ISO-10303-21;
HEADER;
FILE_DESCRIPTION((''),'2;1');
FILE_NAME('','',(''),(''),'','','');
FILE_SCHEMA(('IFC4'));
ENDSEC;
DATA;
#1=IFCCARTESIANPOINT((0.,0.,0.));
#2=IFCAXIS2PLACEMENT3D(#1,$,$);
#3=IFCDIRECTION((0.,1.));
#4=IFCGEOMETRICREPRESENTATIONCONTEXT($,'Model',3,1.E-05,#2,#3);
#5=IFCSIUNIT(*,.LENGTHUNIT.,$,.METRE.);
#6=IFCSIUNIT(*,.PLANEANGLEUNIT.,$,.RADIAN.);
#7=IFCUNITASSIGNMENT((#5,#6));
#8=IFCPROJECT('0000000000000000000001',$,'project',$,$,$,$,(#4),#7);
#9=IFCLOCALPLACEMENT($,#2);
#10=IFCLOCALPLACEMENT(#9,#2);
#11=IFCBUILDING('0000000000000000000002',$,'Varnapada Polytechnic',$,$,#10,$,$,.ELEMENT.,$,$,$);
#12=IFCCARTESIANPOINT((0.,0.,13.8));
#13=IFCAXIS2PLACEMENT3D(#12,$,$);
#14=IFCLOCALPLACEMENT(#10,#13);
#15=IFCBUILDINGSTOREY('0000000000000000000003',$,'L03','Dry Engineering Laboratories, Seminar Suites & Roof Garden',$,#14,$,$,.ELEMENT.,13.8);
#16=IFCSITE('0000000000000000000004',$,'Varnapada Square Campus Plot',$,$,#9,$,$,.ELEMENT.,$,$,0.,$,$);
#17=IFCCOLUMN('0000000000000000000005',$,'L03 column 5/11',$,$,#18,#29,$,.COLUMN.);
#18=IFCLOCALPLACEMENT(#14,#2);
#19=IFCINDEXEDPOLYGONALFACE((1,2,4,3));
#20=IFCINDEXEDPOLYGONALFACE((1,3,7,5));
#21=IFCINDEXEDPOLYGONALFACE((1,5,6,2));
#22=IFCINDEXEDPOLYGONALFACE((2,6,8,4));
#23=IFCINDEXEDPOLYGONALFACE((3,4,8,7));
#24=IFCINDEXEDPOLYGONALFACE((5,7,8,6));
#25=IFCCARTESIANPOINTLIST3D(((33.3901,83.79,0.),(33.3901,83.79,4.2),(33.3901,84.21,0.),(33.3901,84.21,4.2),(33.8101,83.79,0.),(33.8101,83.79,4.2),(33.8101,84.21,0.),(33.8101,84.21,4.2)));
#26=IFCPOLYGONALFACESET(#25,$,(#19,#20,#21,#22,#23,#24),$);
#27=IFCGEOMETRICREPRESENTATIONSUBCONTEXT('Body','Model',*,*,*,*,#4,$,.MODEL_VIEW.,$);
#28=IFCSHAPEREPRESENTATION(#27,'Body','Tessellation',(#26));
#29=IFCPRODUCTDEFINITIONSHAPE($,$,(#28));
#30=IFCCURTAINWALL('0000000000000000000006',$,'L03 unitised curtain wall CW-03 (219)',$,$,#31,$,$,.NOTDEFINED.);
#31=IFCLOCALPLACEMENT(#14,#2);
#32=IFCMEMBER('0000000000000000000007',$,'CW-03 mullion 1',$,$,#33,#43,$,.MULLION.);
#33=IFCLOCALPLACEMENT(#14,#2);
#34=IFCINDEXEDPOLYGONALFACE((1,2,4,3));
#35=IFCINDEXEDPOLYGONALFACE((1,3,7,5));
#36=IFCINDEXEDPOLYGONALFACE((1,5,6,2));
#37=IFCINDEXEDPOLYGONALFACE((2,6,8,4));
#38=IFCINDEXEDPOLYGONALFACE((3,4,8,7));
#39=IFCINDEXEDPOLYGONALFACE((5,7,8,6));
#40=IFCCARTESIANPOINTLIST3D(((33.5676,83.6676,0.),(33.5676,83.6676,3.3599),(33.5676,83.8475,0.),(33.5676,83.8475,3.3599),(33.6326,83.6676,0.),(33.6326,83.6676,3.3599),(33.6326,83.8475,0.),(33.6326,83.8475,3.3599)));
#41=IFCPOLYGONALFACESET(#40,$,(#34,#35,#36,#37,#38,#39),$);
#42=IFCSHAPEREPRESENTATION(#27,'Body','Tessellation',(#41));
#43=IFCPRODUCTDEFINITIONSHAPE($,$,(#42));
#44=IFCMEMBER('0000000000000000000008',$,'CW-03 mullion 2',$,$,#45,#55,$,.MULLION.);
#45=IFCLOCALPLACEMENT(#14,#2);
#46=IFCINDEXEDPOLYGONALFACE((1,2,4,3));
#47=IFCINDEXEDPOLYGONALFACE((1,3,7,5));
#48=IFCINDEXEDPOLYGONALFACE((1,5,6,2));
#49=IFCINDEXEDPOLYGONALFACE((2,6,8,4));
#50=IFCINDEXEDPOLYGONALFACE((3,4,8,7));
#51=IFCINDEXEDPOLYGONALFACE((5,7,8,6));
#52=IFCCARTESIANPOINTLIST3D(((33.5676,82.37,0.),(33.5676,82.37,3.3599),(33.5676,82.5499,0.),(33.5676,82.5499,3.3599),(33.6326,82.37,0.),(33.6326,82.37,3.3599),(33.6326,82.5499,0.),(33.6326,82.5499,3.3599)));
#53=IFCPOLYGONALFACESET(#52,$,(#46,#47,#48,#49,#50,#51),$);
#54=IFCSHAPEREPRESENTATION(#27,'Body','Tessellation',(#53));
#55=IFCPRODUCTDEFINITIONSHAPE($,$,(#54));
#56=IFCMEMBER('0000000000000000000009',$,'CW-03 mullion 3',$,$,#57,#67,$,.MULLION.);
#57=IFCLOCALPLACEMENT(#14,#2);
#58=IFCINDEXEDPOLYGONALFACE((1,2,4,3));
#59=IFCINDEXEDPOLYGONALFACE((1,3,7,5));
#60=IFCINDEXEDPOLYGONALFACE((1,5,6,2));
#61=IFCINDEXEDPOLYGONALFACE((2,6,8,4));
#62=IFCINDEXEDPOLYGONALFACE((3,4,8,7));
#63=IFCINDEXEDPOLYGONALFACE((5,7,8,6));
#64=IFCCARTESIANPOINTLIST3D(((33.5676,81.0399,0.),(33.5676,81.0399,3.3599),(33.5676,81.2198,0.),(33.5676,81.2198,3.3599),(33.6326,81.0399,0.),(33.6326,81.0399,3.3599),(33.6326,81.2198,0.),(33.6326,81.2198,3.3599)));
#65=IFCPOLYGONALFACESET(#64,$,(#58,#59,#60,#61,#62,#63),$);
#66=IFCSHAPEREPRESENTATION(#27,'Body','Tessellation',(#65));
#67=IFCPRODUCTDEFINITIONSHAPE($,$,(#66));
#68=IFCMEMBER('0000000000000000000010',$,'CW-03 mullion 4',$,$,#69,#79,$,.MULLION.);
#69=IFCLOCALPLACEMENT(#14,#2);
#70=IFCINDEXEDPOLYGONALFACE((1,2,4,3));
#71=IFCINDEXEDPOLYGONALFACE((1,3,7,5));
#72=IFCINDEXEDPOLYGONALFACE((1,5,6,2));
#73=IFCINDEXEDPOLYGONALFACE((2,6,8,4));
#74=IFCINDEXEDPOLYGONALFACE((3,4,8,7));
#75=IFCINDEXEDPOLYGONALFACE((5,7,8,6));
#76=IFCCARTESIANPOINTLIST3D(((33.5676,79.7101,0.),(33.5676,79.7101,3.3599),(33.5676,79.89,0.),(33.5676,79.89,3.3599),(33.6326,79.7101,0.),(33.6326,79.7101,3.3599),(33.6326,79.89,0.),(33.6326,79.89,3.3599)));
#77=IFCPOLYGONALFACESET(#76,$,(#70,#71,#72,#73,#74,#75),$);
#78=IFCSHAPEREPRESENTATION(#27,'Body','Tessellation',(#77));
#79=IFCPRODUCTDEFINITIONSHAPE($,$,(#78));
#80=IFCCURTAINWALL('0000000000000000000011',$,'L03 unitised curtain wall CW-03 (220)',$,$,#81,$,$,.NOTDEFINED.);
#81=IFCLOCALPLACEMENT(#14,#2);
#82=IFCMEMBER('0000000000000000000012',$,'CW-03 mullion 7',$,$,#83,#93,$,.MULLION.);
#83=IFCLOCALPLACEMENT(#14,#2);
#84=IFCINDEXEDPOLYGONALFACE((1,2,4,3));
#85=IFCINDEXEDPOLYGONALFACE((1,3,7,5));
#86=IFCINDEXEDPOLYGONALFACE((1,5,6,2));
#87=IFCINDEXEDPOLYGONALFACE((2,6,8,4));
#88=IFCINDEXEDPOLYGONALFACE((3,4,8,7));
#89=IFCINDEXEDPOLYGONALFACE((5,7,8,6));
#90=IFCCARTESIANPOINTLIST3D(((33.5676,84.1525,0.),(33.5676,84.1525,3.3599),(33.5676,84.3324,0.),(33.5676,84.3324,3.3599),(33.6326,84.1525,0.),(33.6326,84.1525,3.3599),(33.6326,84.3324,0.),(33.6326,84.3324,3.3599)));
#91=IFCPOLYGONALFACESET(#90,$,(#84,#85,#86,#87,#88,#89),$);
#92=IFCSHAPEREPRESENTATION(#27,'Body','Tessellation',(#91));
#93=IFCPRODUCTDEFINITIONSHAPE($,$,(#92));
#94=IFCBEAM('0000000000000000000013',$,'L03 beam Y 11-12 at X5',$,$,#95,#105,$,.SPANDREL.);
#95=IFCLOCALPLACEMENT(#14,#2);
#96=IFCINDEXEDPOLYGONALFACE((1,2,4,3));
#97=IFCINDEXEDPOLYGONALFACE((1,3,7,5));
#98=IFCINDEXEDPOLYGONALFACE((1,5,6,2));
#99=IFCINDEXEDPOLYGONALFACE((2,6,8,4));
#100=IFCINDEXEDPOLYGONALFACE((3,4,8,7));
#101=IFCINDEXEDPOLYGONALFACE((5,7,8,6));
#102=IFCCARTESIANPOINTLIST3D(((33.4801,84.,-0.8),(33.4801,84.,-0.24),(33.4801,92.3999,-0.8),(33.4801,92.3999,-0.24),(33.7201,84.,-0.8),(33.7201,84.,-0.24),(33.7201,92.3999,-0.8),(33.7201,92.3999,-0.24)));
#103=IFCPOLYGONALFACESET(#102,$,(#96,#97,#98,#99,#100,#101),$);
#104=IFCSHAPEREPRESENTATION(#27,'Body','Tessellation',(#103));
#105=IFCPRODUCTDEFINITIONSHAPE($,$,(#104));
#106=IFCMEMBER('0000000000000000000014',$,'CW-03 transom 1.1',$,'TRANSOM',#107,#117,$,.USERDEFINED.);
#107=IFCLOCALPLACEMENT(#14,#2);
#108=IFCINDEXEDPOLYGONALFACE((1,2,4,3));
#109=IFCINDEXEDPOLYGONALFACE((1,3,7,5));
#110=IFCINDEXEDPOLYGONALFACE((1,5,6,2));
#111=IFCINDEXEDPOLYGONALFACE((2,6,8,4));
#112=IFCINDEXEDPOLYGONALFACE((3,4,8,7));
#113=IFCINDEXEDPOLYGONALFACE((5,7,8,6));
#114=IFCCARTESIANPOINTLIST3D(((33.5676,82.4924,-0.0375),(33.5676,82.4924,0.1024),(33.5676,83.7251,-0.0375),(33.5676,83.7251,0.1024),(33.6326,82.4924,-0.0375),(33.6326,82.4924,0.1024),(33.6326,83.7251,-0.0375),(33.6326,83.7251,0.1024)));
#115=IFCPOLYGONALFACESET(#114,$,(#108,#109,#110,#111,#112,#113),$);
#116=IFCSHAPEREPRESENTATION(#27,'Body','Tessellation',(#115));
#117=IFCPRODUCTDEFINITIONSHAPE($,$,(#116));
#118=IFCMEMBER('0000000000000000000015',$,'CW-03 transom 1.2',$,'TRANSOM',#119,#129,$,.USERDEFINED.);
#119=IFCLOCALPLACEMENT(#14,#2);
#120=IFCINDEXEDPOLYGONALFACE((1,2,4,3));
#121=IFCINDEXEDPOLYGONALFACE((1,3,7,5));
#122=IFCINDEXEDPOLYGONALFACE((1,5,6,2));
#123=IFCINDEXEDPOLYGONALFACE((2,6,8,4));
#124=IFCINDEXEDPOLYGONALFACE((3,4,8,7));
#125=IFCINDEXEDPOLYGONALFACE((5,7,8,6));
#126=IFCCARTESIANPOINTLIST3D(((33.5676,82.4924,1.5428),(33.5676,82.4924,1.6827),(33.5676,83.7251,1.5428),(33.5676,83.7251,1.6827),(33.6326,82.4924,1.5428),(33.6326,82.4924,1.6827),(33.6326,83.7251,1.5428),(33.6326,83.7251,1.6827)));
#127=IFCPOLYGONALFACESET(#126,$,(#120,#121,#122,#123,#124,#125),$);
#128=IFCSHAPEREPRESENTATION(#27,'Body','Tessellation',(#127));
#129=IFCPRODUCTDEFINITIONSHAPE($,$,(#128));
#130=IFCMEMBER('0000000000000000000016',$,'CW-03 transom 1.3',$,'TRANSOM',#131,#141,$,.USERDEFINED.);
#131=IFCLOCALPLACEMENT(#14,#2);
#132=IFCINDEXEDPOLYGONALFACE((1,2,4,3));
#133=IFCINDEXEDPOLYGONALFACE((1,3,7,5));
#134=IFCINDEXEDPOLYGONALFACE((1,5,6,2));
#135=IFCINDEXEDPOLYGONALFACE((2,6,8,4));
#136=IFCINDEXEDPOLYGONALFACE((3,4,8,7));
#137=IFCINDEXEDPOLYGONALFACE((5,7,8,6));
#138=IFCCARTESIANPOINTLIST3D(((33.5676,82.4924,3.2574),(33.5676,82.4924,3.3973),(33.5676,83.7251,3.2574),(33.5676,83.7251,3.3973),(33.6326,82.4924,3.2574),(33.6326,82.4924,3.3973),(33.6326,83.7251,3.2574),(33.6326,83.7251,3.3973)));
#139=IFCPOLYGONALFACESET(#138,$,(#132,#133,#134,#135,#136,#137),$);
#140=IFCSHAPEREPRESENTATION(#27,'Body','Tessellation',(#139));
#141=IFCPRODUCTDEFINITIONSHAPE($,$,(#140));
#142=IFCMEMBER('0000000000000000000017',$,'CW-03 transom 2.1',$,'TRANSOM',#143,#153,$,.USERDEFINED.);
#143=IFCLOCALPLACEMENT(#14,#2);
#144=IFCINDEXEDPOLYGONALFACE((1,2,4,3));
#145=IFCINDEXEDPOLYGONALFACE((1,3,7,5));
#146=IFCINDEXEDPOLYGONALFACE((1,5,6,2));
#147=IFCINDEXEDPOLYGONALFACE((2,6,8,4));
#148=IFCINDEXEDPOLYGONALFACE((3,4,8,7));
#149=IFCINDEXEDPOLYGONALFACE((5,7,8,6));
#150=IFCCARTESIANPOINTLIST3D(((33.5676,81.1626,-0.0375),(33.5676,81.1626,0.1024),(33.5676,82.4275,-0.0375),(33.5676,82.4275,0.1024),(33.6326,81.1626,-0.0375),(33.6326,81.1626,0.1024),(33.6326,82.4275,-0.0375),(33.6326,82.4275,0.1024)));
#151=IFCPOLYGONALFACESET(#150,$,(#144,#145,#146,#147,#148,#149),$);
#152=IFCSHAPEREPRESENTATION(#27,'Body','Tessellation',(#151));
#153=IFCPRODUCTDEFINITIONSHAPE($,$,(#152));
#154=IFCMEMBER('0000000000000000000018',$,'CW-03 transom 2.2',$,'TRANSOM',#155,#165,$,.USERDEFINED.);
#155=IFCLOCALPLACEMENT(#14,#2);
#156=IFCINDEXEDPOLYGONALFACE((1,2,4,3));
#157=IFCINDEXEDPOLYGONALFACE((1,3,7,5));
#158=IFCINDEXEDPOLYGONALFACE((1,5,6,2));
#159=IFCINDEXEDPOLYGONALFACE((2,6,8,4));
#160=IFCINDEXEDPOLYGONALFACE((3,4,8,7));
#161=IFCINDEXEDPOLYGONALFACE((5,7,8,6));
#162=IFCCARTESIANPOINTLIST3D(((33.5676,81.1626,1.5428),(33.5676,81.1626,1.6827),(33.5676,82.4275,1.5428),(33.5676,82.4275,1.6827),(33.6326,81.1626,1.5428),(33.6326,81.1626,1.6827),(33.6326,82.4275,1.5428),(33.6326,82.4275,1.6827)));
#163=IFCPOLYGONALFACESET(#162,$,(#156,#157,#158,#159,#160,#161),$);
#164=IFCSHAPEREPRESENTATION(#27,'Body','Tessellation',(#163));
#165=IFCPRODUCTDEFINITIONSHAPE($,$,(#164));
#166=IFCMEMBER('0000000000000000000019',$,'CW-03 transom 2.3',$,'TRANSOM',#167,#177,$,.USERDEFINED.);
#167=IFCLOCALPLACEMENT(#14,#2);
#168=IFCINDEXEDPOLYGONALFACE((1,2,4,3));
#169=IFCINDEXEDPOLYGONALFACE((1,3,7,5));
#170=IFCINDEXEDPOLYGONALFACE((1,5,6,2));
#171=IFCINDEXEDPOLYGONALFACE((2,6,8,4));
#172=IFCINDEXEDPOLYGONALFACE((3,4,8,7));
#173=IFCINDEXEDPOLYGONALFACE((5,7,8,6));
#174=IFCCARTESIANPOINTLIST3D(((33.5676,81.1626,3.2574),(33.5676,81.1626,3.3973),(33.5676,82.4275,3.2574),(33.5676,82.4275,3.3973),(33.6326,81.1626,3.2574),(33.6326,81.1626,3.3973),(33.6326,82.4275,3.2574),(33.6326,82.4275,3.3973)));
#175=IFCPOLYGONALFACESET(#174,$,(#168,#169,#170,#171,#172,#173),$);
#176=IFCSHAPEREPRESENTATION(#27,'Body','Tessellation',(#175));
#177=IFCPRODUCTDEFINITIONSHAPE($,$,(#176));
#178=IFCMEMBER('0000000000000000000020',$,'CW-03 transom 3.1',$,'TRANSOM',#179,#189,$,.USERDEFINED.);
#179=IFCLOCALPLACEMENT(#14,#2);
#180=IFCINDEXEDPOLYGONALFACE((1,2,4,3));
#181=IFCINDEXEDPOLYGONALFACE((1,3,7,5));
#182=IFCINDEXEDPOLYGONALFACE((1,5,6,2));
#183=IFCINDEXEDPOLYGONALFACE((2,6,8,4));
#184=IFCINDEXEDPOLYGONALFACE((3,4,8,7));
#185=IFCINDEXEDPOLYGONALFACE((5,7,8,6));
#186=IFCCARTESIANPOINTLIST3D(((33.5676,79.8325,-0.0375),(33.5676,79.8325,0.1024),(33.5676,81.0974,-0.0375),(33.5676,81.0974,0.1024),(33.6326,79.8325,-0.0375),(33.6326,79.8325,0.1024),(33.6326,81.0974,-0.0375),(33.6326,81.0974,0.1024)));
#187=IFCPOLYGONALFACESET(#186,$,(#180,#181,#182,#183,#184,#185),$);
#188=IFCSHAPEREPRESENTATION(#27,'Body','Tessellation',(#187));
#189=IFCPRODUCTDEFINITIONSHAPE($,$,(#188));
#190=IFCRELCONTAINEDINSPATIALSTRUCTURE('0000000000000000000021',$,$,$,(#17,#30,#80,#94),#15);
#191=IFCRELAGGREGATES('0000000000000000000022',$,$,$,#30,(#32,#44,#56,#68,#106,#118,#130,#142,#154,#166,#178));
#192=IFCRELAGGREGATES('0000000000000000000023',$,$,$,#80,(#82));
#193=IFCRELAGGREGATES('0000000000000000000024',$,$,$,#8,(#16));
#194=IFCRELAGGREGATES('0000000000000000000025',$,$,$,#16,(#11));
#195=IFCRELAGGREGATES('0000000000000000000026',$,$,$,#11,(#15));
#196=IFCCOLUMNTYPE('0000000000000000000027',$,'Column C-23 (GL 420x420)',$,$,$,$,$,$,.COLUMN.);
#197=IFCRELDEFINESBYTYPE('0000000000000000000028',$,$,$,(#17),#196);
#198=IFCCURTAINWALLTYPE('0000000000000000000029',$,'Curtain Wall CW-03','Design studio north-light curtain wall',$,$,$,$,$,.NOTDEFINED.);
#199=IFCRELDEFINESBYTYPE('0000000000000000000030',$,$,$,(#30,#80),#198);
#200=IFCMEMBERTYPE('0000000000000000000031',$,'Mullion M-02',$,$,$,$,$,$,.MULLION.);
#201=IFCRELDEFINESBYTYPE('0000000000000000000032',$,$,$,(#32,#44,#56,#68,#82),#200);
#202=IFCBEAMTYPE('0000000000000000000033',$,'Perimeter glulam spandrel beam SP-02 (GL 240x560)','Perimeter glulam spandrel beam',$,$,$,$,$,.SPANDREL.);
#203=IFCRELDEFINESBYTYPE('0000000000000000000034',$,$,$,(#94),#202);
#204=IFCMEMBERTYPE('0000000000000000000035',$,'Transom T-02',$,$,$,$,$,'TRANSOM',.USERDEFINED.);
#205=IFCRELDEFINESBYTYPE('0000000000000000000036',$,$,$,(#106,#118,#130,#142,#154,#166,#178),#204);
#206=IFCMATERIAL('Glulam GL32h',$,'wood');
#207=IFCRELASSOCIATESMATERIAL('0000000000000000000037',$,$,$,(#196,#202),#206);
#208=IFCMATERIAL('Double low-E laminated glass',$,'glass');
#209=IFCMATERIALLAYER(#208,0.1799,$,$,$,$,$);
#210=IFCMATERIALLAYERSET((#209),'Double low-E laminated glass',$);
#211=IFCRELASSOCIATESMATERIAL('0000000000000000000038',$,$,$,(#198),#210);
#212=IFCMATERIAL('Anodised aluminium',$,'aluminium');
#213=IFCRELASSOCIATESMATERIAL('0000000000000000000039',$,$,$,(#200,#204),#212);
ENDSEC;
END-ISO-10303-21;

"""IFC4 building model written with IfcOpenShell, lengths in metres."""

from ifc_helpers import new_model, si_unit, direction, frame, origin, origin_2d, place, context, subcontext, project, spatial, rectangle, extrude, material, layer, layer_set, material_profile, profile_set, type_object, element, aggregate, save


model = new_model("IFC4")

# Units and contexts
model_context = context("Model", 3, precision=1e-05, world=origin(), true_north=direction((0.0, 1.0)))
body_context = subcontext(model_context, "Body", "Model", "MODEL_VIEW")
ifc_project = project(units=[si_unit("LENGTHUNIT", "METRE"), si_unit("PLANEANGLEUNIT", "RADIAN")], contexts=[model_context])

# Site, building, storey
site_placement = place(None, origin())
site = spatial("IfcSite", under=ifc_project, at=site_placement, Name="Varnapada Square Campus Plot", CompositionType="ELEMENT", RefElevation=0.0)
building_placement = place(site_placement, origin())
building = spatial("IfcBuilding", under=site, at=building_placement, Name="Varnapada Polytechnic", CompositionType="ELEMENT")
storey_placement = place(building_placement, frame((0.0, 0.0, 13.8)))
storey = spatial("IfcBuildingStorey", under=building, at=storey_placement, Name="L03", Description="Dry Engineering Laboratories, Seminar Suites & Roof Garden", CompositionType="ELEMENT", Elevation=13.8)

# Column
ifc_material_1 = material(Name="Glulam GL32h", Category="wood")
ifc_material_profile_1 = material_profile(ifc_material_1, rectangle(XDim=0.4199, YDim=0.4199, at=origin_2d()), Name="GL 420x420")
ifc_profile_set_1 = profile_set([ifc_material_profile_1], Name="Glulam GL32h")
column_type = type_object("IfcColumnType", Name="Column C-23 (GL 420x420)", PredefinedType="COLUMN", material=ifc_profile_set_1)
column_placement = place(storey_placement, frame((33.6001, 84.0, 0.0), z_axis=(0.0, 0.0, 1.0), x_axis=(1.0, 0.0, 0.0)))
element("IfcColumn", 1, at=column_placement, inside=storey, type_object=column_type, Name="L03 column 5/11", PredefinedType="COLUMN", context=body_context, shape_type="SweptSolid", body=[
    extrude(rectangle(XDim=0.4199, YDim=0.4199, at=origin_2d()), origin(), (0.0, 0.0, 1.0), 4.2),
])

# Curtain wall, members
ifc_material_2 = material(Name="Double low-E laminated glass", Category="glass")
ifc_layer_1 = layer(ifc_material_2, 0.1799)
ifc_layer_set_1 = layer_set([ifc_layer_1], Name="Double low-E laminated glass")
curtain_wall_type = type_object("IfcCurtainWallType", Name="Curtain Wall CW-03", Description="Design studio north-light curtain wall", PredefinedType="NOTDEFINED", material=ifc_layer_set_1)
curtain_wall_1_placement = place(storey_placement, origin())
curtain_wall_1 = element("IfcCurtainWall", 2, at=curtain_wall_1_placement, inside=storey, type_object=curtain_wall_type, Name="L03 unitised curtain wall CW-03 (219)", PredefinedType="NOTDEFINED")
ifc_material_3 = material(Name="Anodised aluminium", Category="aluminium")
ifc_material_profile_2 = material_profile(ifc_material_3, rectangle(XDim=0.0649, YDim=0.1799, at=origin_2d()), Name="ALU M65x180")
ifc_profile_set_2 = profile_set([ifc_material_profile_2], Name="Anodised aluminium")
member_type_1 = type_object("IfcMemberType", Name="Mullion M-02", PredefinedType="MULLION", material=ifc_profile_set_2)
member_1_placement = place(storey_placement, frame((33.6001, 83.7576, 0.0), z_axis=(0.0, 0.0, 1.0), x_axis=(1.0, 0.0, 0.0)))
member_1 = element("IfcMember", 3, at=member_1_placement, type_object=member_type_1, Name="CW-03 mullion 1", PredefinedType="MULLION", context=body_context, shape_type="SweptSolid", body=[
    extrude(rectangle(XDim=0.0649, YDim=0.1799, at=origin_2d()), origin(), (0.0, 0.0, 1.0), 3.3599),
])
member_2_placement = place(storey_placement, frame((33.6001, 82.46, 0.0), z_axis=(0.0, 0.0, 1.0), x_axis=(1.0, 0.0, 0.0)))
member_2 = element("IfcMember", 4, at=member_2_placement, type_object=member_type_1, Name="CW-03 mullion 2", PredefinedType="MULLION", context=body_context, shape_type="SweptSolid", body=[
    extrude(rectangle(XDim=0.0649, YDim=0.1799, at=origin_2d()), origin(), (0.0, 0.0, 1.0), 3.3599),
])
member_3_placement = place(storey_placement, frame((33.6001, 81.1299, 0.0), z_axis=(0.0, 0.0, 1.0), x_axis=(1.0, 0.0, 0.0)))
member_3 = element("IfcMember", 5, at=member_3_placement, type_object=member_type_1, Name="CW-03 mullion 3", PredefinedType="MULLION", context=body_context, shape_type="SweptSolid", body=[
    extrude(rectangle(XDim=0.0649, YDim=0.1799, at=origin_2d()), origin(), (0.0, 0.0, 1.0), 3.3599),
])
member_4_placement = place(storey_placement, frame((33.6001, 79.8, 0.0), z_axis=(0.0, 0.0, 1.0), x_axis=(1.0, 0.0, 0.0)))
member_4 = element("IfcMember", 6, at=member_4_placement, type_object=member_type_1, Name="CW-03 mullion 4", PredefinedType="MULLION", context=body_context, shape_type="SweptSolid", body=[
    extrude(rectangle(XDim=0.0649, YDim=0.1799, at=origin_2d()), origin(), (0.0, 0.0, 1.0), 3.3599),
])

# Curtain wall, member
curtain_wall_2_placement = place(storey_placement, origin())
curtain_wall_2 = element("IfcCurtainWall", 7, at=curtain_wall_2_placement, inside=storey, type_object=curtain_wall_type, Name="L03 unitised curtain wall CW-03 (220)", PredefinedType="NOTDEFINED")
member_5_placement = place(storey_placement, frame((33.6001, 84.2424, 0.0), z_axis=(0.0, 0.0, 1.0), x_axis=(1.0, 0.0, 0.0)))
member_5 = element("IfcMember", 8, at=member_5_placement, type_object=member_type_1, Name="CW-03 mullion 7", PredefinedType="MULLION", context=body_context, shape_type="SweptSolid", body=[
    extrude(rectangle(XDim=0.0649, YDim=0.1799, at=origin_2d()), origin(), (0.0, 0.0, 1.0), 3.3599),
])

# Beam
ifc_material_profile_3 = material_profile(ifc_material_1, rectangle(XDim=0.24, YDim=0.5601, at=origin_2d()), Name="GL 240x560")
ifc_profile_set_3 = profile_set([ifc_material_profile_3], Name="Glulam GL32h")
beam_type = type_object("IfcBeamType", Name="Perimeter glulam spandrel beam SP-02 (GL 240x560)", Description="Perimeter glulam spandrel beam", PredefinedType="SPANDREL", material=ifc_profile_set_3)
beam_placement = place(storey_placement, frame((33.6001, 84.0, -0.52), z_axis=(0.0, 1.0, 0.0), x_axis=(-1.0, 0.0, 0.0)))
element("IfcBeam", 9, at=beam_placement, inside=storey, type_object=beam_type, Name="L03 beam Y 11-12 at X5", PredefinedType="SPANDREL", context=body_context, shape_type="SweptSolid", body=[
    extrude(rectangle(XDim=0.24, YDim=0.5601, at=origin_2d()), origin(), (0.0, 0.0, 1.0), 8.3999),
])

# Members
ifc_material_profile_4 = material_profile(ifc_material_3, rectangle(XDim=0.0649, YDim=0.1399, at=origin_2d()), Name="ALU T65x140")
ifc_profile_set_4 = profile_set([ifc_material_profile_4], Name="Anodised aluminium")
member_type_2 = type_object("IfcMemberType", Name="Transom T-02", ElementType="TRANSOM", PredefinedType="USERDEFINED", material=ifc_profile_set_4)
member_6_placement = place(storey_placement, frame((33.6001, 83.7251, 0.0325), z_axis=(0.0, -1.0, 0.0), x_axis=(1.0, 0.0, 0.0)))
member_6 = element("IfcMember", 10, at=member_6_placement, type_object=member_type_2, Name="CW-03 transom 1.1", ObjectType="TRANSOM", PredefinedType="USERDEFINED", context=body_context, shape_type="SweptSolid", body=[
    extrude(rectangle(XDim=0.0649, YDim=0.1399, at=origin_2d()), origin(), (0.0, 0.0, 1.0), 1.2327),
])
member_7_placement = place(storey_placement, frame((33.6001, 83.7251, 1.6128), z_axis=(0.0, -1.0, 0.0), x_axis=(1.0, 0.0, 0.0)))
member_7 = element("IfcMember", 11, at=member_7_placement, type_object=member_type_2, Name="CW-03 transom 1.2", ObjectType="TRANSOM", PredefinedType="USERDEFINED", context=body_context, shape_type="SweptSolid", body=[
    extrude(rectangle(XDim=0.0649, YDim=0.1399, at=origin_2d()), origin(), (0.0, 0.0, 1.0), 1.2327),
])
member_8_placement = place(storey_placement, frame((33.6001, 83.7251, 3.3274), z_axis=(0.0, -1.0, 0.0), x_axis=(1.0, 0.0, 0.0)))
member_8 = element("IfcMember", 12, at=member_8_placement, type_object=member_type_2, Name="CW-03 transom 1.3", ObjectType="TRANSOM", PredefinedType="USERDEFINED", context=body_context, shape_type="SweptSolid", body=[
    extrude(rectangle(XDim=0.0649, YDim=0.1399, at=origin_2d()), origin(), (0.0, 0.0, 1.0), 1.2327),
])
member_9_placement = place(storey_placement, frame((33.6001, 82.4275, 0.0325), z_axis=(0.0, -1.0, 0.0), x_axis=(1.0, 0.0, 0.0)))
member_9 = element("IfcMember", 13, at=member_9_placement, type_object=member_type_2, Name="CW-03 transom 2.1", ObjectType="TRANSOM", PredefinedType="USERDEFINED", context=body_context, shape_type="SweptSolid", body=[
    extrude(rectangle(XDim=0.0649, YDim=0.1399, at=origin_2d()), origin(), (0.0, 0.0, 1.0), 1.2649),
])
member_10_placement = place(storey_placement, frame((33.6001, 82.4275, 1.6128), z_axis=(0.0, -1.0, 0.0), x_axis=(1.0, 0.0, 0.0)))
member_10 = element("IfcMember", 14, at=member_10_placement, type_object=member_type_2, Name="CW-03 transom 2.2", ObjectType="TRANSOM", PredefinedType="USERDEFINED", context=body_context, shape_type="SweptSolid", body=[
    extrude(rectangle(XDim=0.0649, YDim=0.1399, at=origin_2d()), origin(), (0.0, 0.0, 1.0), 1.2649),
])
member_11_placement = place(storey_placement, frame((33.6001, 82.4275, 3.3274), z_axis=(0.0, -1.0, 0.0), x_axis=(1.0, 0.0, 0.0)))
member_11 = element("IfcMember", 15, at=member_11_placement, type_object=member_type_2, Name="CW-03 transom 2.3", ObjectType="TRANSOM", PredefinedType="USERDEFINED", context=body_context, shape_type="SweptSolid", body=[
    extrude(rectangle(XDim=0.0649, YDim=0.1399, at=origin_2d()), origin(), (0.0, 0.0, 1.0), 1.2649),
])
member_12_placement = place(storey_placement, frame((33.6001, 81.0974, 0.0325), z_axis=(0.0, -1.0, 0.0), x_axis=(1.0, 0.0, 0.0)))
member_12 = element("IfcMember", 16, at=member_12_placement, type_object=member_type_2, Name="CW-03 transom 3.1", ObjectType="TRANSOM", PredefinedType="USERDEFINED", context=body_context, shape_type="SweptSolid", body=[
    extrude(rectangle(XDim=0.0649, YDim=0.1399, at=origin_2d()), origin(), (0.0, 0.0, 1.0), 1.2649),
])

aggregate(curtain_wall_1, [member_1, member_2, member_3, member_4, member_6, member_7, member_8, member_9, member_10, member_11, member_12])
aggregate(curtain_wall_2, [member_5])

save(model, "model.ifc")
